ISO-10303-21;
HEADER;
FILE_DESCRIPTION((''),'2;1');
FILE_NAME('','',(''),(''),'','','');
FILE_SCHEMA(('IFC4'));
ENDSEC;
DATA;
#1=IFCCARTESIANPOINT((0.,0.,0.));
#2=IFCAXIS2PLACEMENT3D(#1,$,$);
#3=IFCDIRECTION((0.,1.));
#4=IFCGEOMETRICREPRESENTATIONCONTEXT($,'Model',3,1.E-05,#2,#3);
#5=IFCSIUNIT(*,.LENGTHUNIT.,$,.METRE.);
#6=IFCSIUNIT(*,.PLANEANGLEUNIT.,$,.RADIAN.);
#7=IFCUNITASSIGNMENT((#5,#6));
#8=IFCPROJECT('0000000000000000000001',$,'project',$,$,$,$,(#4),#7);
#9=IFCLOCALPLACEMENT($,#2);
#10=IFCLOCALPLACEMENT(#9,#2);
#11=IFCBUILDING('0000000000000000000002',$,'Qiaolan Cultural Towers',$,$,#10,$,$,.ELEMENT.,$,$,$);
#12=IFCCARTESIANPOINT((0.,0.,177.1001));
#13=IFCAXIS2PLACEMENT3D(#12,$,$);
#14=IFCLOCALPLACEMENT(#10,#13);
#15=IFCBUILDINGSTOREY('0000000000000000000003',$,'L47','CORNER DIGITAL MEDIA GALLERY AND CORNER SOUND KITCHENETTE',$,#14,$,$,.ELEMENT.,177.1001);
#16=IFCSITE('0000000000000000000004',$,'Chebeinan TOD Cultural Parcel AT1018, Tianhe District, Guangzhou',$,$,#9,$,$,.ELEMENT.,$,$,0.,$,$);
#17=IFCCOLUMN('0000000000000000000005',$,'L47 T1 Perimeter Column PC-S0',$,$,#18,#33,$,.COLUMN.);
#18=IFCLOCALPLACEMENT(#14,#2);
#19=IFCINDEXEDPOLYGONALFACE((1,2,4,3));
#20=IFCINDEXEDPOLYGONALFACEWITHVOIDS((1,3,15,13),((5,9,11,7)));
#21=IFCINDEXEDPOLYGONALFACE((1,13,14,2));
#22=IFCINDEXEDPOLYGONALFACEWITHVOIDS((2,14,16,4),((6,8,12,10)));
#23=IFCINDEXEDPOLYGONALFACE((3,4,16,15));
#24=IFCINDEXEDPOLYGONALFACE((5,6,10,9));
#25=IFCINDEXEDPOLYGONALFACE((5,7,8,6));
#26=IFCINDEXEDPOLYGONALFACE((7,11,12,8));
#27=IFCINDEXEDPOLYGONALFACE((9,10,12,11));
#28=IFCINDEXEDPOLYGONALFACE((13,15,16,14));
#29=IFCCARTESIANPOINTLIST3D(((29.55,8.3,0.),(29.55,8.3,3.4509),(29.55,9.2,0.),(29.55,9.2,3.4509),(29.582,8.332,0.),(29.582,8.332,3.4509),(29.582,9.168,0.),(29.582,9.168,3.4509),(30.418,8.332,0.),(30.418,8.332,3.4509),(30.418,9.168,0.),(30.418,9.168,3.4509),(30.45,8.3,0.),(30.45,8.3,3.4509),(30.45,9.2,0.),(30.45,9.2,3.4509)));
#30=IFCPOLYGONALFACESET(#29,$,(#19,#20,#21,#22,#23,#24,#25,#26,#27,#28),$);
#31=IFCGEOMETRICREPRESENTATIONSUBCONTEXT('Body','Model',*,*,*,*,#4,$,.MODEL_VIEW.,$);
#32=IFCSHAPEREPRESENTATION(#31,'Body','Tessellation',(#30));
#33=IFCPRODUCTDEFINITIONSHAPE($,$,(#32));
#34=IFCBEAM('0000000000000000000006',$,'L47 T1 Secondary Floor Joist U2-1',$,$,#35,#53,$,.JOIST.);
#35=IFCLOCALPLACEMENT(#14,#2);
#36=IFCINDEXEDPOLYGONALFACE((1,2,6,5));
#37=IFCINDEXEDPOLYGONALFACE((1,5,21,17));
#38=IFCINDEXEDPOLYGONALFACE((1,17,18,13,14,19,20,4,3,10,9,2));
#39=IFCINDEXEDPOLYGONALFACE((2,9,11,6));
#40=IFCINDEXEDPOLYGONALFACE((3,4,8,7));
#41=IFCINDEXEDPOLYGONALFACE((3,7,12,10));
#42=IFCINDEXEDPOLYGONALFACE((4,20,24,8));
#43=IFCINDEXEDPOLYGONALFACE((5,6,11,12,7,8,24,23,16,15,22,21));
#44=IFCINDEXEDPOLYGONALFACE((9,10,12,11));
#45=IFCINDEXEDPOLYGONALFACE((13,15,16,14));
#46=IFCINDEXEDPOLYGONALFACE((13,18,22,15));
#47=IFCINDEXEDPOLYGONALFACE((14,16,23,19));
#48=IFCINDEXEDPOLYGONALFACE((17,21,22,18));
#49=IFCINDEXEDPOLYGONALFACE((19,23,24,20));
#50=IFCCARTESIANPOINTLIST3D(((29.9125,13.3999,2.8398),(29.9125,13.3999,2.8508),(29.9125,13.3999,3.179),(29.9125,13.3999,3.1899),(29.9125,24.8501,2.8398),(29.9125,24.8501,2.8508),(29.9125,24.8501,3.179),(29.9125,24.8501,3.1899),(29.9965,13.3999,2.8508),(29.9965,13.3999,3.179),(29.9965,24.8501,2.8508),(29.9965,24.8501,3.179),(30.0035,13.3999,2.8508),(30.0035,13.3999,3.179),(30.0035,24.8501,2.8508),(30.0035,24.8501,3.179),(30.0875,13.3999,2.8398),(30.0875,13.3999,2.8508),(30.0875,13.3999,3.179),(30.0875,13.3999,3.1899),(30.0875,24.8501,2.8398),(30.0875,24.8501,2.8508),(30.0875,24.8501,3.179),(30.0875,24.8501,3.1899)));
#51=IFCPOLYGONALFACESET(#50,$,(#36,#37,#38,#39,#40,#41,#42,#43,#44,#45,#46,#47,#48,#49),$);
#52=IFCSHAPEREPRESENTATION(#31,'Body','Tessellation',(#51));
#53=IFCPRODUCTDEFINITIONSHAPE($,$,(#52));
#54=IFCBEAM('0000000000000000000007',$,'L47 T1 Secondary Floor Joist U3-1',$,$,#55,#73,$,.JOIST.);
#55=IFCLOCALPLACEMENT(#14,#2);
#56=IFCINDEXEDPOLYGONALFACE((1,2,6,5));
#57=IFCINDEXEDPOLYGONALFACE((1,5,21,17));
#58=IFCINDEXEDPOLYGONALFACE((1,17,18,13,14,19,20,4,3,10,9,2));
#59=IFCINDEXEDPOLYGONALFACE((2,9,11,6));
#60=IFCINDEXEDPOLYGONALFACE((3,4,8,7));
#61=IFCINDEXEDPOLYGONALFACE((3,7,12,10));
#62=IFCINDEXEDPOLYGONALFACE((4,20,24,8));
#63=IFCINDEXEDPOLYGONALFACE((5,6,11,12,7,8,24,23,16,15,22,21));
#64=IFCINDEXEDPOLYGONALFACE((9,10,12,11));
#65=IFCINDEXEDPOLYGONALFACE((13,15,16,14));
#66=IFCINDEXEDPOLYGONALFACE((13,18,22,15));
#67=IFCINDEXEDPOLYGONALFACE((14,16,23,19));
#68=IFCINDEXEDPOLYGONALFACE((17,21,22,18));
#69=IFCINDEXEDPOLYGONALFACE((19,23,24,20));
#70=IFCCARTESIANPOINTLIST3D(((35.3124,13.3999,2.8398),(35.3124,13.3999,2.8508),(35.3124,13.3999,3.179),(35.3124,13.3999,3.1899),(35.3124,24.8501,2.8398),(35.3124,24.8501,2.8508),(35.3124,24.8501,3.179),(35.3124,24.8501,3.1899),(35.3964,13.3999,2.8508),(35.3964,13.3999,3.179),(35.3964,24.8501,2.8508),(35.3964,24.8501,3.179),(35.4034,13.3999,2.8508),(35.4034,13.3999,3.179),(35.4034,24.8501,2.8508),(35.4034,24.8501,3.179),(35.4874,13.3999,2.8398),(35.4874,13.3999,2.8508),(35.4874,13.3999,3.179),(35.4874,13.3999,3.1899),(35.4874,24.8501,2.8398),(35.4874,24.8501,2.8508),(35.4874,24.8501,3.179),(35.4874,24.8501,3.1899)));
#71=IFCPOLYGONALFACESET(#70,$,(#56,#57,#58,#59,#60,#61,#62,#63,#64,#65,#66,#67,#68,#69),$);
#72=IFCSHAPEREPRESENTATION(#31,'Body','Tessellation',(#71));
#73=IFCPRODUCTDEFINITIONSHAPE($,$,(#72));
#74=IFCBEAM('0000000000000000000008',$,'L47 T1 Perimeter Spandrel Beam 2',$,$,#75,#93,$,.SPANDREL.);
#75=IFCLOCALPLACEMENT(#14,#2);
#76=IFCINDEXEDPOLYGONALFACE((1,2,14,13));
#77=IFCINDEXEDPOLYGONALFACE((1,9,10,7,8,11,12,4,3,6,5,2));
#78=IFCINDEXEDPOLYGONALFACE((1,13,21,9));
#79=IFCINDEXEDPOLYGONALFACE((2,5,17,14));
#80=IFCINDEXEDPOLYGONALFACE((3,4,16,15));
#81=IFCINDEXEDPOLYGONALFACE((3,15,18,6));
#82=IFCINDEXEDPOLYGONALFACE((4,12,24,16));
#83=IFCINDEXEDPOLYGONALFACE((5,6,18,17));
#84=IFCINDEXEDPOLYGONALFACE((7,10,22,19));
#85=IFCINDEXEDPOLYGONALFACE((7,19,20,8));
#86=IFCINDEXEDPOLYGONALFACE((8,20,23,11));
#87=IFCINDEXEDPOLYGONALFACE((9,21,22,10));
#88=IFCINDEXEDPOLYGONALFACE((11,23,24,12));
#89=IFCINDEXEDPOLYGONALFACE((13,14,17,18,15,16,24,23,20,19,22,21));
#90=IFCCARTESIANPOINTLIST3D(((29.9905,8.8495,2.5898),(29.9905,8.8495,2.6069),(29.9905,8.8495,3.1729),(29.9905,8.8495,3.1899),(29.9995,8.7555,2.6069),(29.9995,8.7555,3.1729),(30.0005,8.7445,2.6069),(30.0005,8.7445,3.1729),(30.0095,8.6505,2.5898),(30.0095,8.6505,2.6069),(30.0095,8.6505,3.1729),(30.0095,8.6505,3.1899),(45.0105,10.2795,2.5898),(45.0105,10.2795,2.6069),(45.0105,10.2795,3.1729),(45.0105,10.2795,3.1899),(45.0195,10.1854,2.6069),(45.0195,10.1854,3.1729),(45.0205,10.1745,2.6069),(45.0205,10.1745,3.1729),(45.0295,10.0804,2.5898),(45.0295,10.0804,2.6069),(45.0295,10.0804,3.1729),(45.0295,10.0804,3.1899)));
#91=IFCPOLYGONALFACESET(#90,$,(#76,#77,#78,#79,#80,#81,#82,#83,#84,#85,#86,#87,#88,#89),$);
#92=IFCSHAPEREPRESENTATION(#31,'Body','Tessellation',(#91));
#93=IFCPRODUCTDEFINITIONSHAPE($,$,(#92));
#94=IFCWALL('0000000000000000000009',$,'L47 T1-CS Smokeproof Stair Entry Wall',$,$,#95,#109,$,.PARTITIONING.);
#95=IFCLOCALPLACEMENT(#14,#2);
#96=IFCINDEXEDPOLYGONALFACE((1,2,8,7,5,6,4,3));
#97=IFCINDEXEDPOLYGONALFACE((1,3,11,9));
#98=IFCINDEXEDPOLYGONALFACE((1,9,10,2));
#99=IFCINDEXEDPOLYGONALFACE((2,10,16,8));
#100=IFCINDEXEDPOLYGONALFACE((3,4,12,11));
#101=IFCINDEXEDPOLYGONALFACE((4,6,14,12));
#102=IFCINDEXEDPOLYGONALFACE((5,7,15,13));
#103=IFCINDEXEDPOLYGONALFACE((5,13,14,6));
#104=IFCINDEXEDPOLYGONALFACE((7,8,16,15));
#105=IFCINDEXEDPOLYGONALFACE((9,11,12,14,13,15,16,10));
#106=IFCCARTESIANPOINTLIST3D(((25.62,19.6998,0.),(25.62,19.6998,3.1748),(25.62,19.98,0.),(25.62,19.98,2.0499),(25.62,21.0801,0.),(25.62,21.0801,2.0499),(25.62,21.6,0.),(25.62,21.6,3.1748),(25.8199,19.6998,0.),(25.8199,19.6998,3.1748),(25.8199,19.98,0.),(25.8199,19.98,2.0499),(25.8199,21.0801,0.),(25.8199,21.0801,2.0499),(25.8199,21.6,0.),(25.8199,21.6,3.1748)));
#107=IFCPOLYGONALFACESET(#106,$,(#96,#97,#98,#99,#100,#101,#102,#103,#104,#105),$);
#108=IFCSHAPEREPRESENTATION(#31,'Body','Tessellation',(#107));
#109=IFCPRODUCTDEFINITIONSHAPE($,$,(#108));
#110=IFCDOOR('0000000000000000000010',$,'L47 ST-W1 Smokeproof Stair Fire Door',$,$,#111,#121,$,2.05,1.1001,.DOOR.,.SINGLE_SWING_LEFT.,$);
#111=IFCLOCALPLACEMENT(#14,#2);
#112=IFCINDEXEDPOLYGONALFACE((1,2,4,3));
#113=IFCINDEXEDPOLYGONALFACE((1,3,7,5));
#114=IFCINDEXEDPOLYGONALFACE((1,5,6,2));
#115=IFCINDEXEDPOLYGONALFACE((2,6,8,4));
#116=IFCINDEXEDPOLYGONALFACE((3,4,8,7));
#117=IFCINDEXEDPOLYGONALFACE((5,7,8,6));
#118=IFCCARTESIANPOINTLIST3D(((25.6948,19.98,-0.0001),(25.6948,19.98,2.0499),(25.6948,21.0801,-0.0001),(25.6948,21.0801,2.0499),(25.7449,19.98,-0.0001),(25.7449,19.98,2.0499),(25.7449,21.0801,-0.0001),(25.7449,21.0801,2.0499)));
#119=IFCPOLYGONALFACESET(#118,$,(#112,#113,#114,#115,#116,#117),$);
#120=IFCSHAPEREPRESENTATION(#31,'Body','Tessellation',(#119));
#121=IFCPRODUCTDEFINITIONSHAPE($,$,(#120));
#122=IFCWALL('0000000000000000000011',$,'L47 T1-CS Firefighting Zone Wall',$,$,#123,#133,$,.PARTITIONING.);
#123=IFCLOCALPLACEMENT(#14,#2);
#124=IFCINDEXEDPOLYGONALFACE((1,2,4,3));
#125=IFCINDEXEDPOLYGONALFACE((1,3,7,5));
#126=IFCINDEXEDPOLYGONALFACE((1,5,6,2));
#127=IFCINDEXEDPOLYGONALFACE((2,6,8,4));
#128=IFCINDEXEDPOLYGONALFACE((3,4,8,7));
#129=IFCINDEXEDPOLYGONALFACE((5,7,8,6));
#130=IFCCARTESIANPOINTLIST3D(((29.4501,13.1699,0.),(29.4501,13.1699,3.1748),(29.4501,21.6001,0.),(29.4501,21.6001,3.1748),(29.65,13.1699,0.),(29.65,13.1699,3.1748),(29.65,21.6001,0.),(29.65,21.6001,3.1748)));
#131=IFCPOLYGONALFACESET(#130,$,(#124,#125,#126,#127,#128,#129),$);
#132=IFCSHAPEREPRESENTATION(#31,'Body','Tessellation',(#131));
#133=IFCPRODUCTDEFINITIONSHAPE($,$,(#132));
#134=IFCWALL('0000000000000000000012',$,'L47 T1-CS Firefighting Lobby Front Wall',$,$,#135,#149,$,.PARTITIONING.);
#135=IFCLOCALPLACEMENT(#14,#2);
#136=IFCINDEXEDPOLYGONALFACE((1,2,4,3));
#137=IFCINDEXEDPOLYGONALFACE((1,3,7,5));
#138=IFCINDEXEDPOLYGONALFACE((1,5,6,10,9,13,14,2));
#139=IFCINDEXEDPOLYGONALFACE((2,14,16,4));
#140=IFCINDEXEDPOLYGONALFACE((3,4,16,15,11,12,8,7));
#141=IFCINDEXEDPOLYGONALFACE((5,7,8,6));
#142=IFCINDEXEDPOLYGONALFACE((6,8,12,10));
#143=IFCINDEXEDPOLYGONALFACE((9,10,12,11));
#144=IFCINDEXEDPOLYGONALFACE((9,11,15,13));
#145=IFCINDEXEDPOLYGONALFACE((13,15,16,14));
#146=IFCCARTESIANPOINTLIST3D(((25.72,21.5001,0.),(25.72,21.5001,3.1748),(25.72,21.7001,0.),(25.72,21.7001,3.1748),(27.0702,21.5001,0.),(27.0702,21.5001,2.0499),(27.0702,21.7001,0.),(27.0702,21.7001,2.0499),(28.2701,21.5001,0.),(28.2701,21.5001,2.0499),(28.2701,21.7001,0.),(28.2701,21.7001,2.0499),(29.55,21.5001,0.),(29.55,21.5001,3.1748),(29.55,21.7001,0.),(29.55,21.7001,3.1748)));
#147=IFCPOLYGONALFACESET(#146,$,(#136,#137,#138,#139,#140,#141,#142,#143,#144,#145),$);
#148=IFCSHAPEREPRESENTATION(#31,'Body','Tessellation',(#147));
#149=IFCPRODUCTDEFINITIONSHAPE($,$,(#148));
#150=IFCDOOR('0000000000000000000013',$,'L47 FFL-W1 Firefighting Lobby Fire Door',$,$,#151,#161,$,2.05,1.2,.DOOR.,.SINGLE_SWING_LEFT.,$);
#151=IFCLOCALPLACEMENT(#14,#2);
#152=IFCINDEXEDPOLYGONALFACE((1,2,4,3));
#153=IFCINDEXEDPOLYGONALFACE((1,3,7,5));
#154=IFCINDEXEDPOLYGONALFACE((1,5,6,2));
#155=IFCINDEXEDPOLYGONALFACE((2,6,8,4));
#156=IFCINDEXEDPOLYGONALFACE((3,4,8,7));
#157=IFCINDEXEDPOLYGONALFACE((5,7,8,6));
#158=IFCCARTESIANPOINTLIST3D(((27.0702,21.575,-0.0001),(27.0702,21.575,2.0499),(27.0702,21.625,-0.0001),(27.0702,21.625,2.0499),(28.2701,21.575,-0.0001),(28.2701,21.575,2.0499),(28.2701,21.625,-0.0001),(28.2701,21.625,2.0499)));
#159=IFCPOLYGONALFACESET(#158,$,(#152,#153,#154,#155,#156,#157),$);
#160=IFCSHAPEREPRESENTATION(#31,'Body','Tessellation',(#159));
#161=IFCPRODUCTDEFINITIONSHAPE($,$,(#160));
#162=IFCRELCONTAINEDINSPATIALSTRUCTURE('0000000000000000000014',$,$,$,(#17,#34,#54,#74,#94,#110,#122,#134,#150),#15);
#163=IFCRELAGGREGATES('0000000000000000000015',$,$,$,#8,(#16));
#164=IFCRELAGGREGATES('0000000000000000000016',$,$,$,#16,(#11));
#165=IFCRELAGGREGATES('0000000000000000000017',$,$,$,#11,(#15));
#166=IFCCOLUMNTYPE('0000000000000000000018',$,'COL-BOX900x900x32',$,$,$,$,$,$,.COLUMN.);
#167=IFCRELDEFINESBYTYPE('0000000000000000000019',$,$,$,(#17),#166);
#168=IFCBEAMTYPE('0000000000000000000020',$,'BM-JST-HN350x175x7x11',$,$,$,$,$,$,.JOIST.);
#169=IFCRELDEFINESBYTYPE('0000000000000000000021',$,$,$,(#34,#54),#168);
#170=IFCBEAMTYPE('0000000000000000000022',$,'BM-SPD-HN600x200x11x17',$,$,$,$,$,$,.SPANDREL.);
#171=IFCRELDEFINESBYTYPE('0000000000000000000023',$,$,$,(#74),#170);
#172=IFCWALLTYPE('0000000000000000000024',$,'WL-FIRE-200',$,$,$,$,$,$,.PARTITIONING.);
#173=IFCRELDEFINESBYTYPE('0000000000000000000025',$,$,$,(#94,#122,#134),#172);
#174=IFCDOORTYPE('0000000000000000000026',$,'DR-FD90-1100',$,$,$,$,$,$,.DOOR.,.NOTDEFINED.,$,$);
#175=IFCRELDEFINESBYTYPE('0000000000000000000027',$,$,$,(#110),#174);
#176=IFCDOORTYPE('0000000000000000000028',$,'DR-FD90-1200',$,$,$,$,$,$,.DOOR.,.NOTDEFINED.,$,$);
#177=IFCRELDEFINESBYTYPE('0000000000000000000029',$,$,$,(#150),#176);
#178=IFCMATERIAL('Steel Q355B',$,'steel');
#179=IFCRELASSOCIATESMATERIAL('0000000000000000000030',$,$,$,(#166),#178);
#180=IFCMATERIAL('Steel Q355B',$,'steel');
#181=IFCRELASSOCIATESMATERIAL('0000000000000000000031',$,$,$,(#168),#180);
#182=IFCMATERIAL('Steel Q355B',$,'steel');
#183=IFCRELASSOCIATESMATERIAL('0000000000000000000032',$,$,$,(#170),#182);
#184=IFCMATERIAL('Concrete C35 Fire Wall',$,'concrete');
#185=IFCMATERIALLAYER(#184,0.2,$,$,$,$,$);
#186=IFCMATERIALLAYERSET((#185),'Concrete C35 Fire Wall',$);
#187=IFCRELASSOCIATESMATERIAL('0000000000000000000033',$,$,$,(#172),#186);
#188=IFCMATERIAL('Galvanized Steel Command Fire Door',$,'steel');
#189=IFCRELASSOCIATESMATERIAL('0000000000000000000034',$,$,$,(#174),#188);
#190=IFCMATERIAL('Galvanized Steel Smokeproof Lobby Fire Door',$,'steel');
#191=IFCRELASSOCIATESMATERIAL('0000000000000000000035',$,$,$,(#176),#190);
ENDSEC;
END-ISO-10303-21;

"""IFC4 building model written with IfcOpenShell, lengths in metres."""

from ifc_helpers import new_model, si_unit, direction, frame, frame_2d, origin, origin_2d, place, context, subcontext, project, spatial, rectangle, hollow_rectangle, i_section, extrude, material, layer, layer_set, material_profile, profile_set, type_object, element, fill, save


model = new_model("IFC4")

# Units and contexts
model_context = context("Model", 3, precision=1e-05, world=origin(), true_north=direction((0.0, 1.0)))
body_context = subcontext(model_context, "Body", "Model", "MODEL_VIEW")
ifc_project = project(units=[si_unit("LENGTHUNIT", "METRE"), si_unit("PLANEANGLEUNIT", "RADIAN")], contexts=[model_context])

# Site, building, storey
site_placement = place(None, origin())
site = spatial("IfcSite", under=ifc_project, at=site_placement, Name="Chebeinan TOD Cultural Parcel AT1018, Tianhe District, Guangzhou", CompositionType="ELEMENT", RefElevation=0.0)
building_placement = place(site_placement, origin())
building = spatial("IfcBuilding", under=site, at=building_placement, Name="Qiaolan Cultural Towers", CompositionType="ELEMENT")
storey_placement = place(building_placement, frame((0.0, 0.0, 177.1001)))
storey = spatial("IfcBuildingStorey", under=building, at=storey_placement, Name="L47", Description="CORNER DIGITAL MEDIA GALLERY AND CORNER SOUND KITCHENETTE", CompositionType="ELEMENT", Elevation=177.1001)

# Column
ifc_material_1 = material(Name="Steel Q355B", Category="steel")
ifc_material_profile_1 = material_profile(ifc_material_1, hollow_rectangle(XDim=0.8999, YDim=0.8999, WallThickness=0.032, at=origin_2d()), Name="BOX900x900x32")
ifc_profile_set_1 = profile_set([ifc_material_profile_1], Name="Steel Q355B")
column_type = type_object("IfcColumnType", Name="COL-BOX900x900x32", PredefinedType="COLUMN", material=ifc_profile_set_1)
column_placement = place(storey_placement, frame((30.0, 8.75, 0.0), z_axis=(0.0, 0.0, 1.0), x_axis=(1.0, 0.0, 0.0)))
element("IfcColumn", 1, at=column_placement, inside=storey, type_object=column_type, Name="L47 T1 Perimeter Column PC-S0", PredefinedType="COLUMN", context=body_context, shape_type="SweptSolid", body=[
    extrude(hollow_rectangle(XDim=0.8999, YDim=0.8999, WallThickness=0.032, at=origin_2d()), origin(), (0.0, 0.0, 1.0), 3.4509),
])

# Beams
ifc_material_2 = material(Name="Steel Q355B", Category="steel")
ifc_material_profile_2 = material_profile(ifc_material_2, i_section(OverallWidth=0.175, OverallDepth=0.3501, WebThickness=0.0071, FlangeThickness=0.011, at=origin_2d()), Name="HN350x175x7x11")
ifc_profile_set_2 = profile_set([ifc_material_profile_2], Name="Steel Q355B")
beam_type_1 = type_object("IfcBeamType", Name="BM-JST-HN350x175x7x11", PredefinedType="JOIST", material=ifc_profile_set_2)
for number, where, z_axis, x_axis, name in (
    (2, (30.0, 13.3999, 3.0149), (0.0, 1.0, 0.0), (-1.0, 0.0, 0.0), "L47 T1 Secondary Floor Joist U2-1"),
    (3, (35.3999, 13.3999, 3.0149), (0.0, 1.0, 0.0), (-1.0, 0.0, 0.0), "L47 T1 Secondary Floor Joist U3-1"),
):
    element("IfcBeam", number, at=place(storey_placement, frame(where, z_axis=z_axis, x_axis=x_axis)), inside=storey, type_object=beam_type_1, Name=name, PredefinedType="JOIST", context=body_context, shape_type="SweptSolid", body=[
        extrude(i_section(OverallWidth=0.175, OverallDepth=0.3501, WebThickness=0.0071, FlangeThickness=0.011, at=origin_2d()), origin(), (0.0, 0.0, 1.0), 11.4502),
    ])
ifc_material_3 = material(Name="Steel Q355B", Category="steel")
ifc_material_profile_3 = material_profile(ifc_material_3, i_section(OverallWidth=0.2, OverallDepth=0.6001, WebThickness=0.011, FlangeThickness=0.0171, at=origin_2d()), Name="HN600x200x11x17")
ifc_profile_set_3 = profile_set([ifc_material_profile_3], Name="Steel Q355B")
beam_type_2 = type_object("IfcBeamType", Name="BM-SPD-HN600x200x11x17", PredefinedType="SPANDREL", material=ifc_profile_set_3)
beam_placement = place(storey_placement, frame((30.0, 8.75, 2.8899), z_axis=(0.995499, 0.094773, 0.0), x_axis=(-0.094773, 0.995499, 0.0)))
element("IfcBeam", 4, at=beam_placement, inside=storey, type_object=beam_type_2, Name="L47 T1 Perimeter Spandrel Beam 2", PredefinedType="SPANDREL", context=body_context, shape_type="SweptSolid", body=[
    extrude(i_section(OverallWidth=0.2, OverallDepth=0.6001, WebThickness=0.011, FlangeThickness=0.0171, at=origin_2d()), origin(), (0.0, 0.0, 1.0), 15.0879),
])

# Wall, opening, door
ifc_material_4 = material(Name="Concrete C35 Fire Wall", Category="concrete")
ifc_layer_1 = layer(ifc_material_4, 0.2)
ifc_layer_set_1 = layer_set([ifc_layer_1], Name="Concrete C35 Fire Wall")
wall_type_1 = type_object("IfcWallType", Name="WL-FIRE-200", PredefinedType="PARTITIONING", material=ifc_layer_set_1)
wall_1_placement = place(storey_placement, frame((25.72, 21.6001, 0.0), z_axis=(0.0, 0.0, 1.0), x_axis=(0.0, -1.0, 0.0)))
wall_1 = element("IfcWall", 5, at=wall_1_placement, inside=storey, type_object=wall_type_1, Name="L47 T1-CS Smokeproof Stair Entry Wall", PredefinedType="PARTITIONING", context=body_context, shape_type="SweptSolid", body=[
    extrude(rectangle(XDim=1.9001, YDim=0.2, at=frame_2d((0.9502, 0.0))), origin(), (0.0, 0.0, 1.0), 3.1748),
])
opening_1_placement = place(wall_1_placement, frame((0.52, 0.0, 0.0)))
opening_1 = element("IfcOpeningElement", 6, at=opening_1_placement, cuts=wall_1, PredefinedType="OPENING", context=body_context, shape_type="SweptSolid", body=[
    extrude(rectangle(XDim=1.1001, YDim=2.05, at=frame_2d((0.55, 1.0249))), frame((0.0, 0.1099, 0.0), z_axis=(0.0, -1.0, 0.0), x_axis=(1.0, 0.0, 0.0)), (0.0, 0.0, 1.0), 0.22),
])
ifc_material_5 = material(Name="Galvanized Steel Command Fire Door", Category="steel")
door_type_1 = type_object("IfcDoorType", Name="DR-FD90-1100", OperationType="NOTDEFINED", PredefinedType="DOOR", material=ifc_material_5)
door_1_placement = place(opening_1_placement, origin())
door_1 = element("IfcDoor", 7, at=door_1_placement, inside=storey, type_object=door_type_1, Name="L47 ST-W1 Smokeproof Stair Fire Door", OperationType="SINGLE_SWING_LEFT", OverallHeight=2.05, OverallWidth=1.1001, PredefinedType="DOOR", context=body_context, shape_type="SweptSolid", body=[
    extrude(rectangle(XDim=1.1001, YDim=2.05, at=frame_2d((0.55, 1.0249))), frame((0.0, 0.0249, 0.0), z_axis=(0.0, -1.0, 0.0), x_axis=(1.0, 0.0, 0.0)), (0.0, 0.0, 1.0), 0.05),
])
fill(opening_1, door_1)

# Wall
wall_2_placement = place(storey_placement, frame((29.55, 21.6001, 0.0), z_axis=(0.0, 0.0, 1.0), x_axis=(0.0, -1.0, 0.0)))
element("IfcWall", 8, at=wall_2_placement, inside=storey, type_object=wall_type_1, Name="L47 T1-CS Firefighting Zone Wall", PredefinedType="PARTITIONING", context=body_context, shape_type="SweptSolid", body=[
    extrude(rectangle(XDim=8.4302, YDim=0.2, at=frame_2d((4.2151, 0.0))), origin(), (0.0, 0.0, 1.0), 3.1748),
])

# Wall, opening, door
wall_3_placement = place(storey_placement, frame((25.72, 21.6001, 0.0), z_axis=(0.0, 0.0, 1.0), x_axis=(1.0, 0.0, 0.0)))
wall_3 = element("IfcWall", 9, at=wall_3_placement, inside=storey, type_object=wall_type_1, Name="L47 T1-CS Firefighting Lobby Front Wall", PredefinedType="PARTITIONING", context=body_context, shape_type="SweptSolid", body=[
    extrude(rectangle(XDim=3.8301, YDim=0.2, at=frame_2d((1.915, 0.0))), origin(), (0.0, 0.0, 1.0), 3.1748),
])
opening_2_placement = place(wall_3_placement, frame((1.3501, 0.0, 0.0)))
opening_2 = element("IfcOpeningElement", 10, at=opening_2_placement, cuts=wall_3, PredefinedType="OPENING", context=body_context, shape_type="SweptSolid", body=[
    extrude(rectangle(XDim=1.2, YDim=2.05, at=frame_2d((0.6001, 1.0249))), frame((0.0, 0.1099, 0.0), z_axis=(0.0, -1.0, 0.0), x_axis=(1.0, 0.0, 0.0)), (0.0, 0.0, 1.0), 0.22),
])
ifc_material_6 = material(Name="Galvanized Steel Smokeproof Lobby Fire Door", Category="steel")
door_type_2 = type_object("IfcDoorType", Name="DR-FD90-1200", OperationType="NOTDEFINED", PredefinedType="DOOR", material=ifc_material_6)
door_2_placement = place(opening_2_placement, origin())
door_2 = element("IfcDoor", 11, at=door_2_placement, inside=storey, type_object=door_type_2, Name="L47 FFL-W1 Firefighting Lobby Fire Door", OperationType="SINGLE_SWING_LEFT", OverallHeight=2.05, OverallWidth=1.2, PredefinedType="DOOR", context=body_context, shape_type="SweptSolid", body=[
    extrude(rectangle(XDim=1.2, YDim=2.05, at=frame_2d((0.6001, 1.0249))), frame((0.0, 0.0249, 0.0), z_axis=(0.0, -1.0, 0.0), x_axis=(1.0, 0.0, 0.0)), (0.0, 0.0, 1.0), 0.05),
])
fill(opening_2, door_2)

save(model, "model.ifc")
